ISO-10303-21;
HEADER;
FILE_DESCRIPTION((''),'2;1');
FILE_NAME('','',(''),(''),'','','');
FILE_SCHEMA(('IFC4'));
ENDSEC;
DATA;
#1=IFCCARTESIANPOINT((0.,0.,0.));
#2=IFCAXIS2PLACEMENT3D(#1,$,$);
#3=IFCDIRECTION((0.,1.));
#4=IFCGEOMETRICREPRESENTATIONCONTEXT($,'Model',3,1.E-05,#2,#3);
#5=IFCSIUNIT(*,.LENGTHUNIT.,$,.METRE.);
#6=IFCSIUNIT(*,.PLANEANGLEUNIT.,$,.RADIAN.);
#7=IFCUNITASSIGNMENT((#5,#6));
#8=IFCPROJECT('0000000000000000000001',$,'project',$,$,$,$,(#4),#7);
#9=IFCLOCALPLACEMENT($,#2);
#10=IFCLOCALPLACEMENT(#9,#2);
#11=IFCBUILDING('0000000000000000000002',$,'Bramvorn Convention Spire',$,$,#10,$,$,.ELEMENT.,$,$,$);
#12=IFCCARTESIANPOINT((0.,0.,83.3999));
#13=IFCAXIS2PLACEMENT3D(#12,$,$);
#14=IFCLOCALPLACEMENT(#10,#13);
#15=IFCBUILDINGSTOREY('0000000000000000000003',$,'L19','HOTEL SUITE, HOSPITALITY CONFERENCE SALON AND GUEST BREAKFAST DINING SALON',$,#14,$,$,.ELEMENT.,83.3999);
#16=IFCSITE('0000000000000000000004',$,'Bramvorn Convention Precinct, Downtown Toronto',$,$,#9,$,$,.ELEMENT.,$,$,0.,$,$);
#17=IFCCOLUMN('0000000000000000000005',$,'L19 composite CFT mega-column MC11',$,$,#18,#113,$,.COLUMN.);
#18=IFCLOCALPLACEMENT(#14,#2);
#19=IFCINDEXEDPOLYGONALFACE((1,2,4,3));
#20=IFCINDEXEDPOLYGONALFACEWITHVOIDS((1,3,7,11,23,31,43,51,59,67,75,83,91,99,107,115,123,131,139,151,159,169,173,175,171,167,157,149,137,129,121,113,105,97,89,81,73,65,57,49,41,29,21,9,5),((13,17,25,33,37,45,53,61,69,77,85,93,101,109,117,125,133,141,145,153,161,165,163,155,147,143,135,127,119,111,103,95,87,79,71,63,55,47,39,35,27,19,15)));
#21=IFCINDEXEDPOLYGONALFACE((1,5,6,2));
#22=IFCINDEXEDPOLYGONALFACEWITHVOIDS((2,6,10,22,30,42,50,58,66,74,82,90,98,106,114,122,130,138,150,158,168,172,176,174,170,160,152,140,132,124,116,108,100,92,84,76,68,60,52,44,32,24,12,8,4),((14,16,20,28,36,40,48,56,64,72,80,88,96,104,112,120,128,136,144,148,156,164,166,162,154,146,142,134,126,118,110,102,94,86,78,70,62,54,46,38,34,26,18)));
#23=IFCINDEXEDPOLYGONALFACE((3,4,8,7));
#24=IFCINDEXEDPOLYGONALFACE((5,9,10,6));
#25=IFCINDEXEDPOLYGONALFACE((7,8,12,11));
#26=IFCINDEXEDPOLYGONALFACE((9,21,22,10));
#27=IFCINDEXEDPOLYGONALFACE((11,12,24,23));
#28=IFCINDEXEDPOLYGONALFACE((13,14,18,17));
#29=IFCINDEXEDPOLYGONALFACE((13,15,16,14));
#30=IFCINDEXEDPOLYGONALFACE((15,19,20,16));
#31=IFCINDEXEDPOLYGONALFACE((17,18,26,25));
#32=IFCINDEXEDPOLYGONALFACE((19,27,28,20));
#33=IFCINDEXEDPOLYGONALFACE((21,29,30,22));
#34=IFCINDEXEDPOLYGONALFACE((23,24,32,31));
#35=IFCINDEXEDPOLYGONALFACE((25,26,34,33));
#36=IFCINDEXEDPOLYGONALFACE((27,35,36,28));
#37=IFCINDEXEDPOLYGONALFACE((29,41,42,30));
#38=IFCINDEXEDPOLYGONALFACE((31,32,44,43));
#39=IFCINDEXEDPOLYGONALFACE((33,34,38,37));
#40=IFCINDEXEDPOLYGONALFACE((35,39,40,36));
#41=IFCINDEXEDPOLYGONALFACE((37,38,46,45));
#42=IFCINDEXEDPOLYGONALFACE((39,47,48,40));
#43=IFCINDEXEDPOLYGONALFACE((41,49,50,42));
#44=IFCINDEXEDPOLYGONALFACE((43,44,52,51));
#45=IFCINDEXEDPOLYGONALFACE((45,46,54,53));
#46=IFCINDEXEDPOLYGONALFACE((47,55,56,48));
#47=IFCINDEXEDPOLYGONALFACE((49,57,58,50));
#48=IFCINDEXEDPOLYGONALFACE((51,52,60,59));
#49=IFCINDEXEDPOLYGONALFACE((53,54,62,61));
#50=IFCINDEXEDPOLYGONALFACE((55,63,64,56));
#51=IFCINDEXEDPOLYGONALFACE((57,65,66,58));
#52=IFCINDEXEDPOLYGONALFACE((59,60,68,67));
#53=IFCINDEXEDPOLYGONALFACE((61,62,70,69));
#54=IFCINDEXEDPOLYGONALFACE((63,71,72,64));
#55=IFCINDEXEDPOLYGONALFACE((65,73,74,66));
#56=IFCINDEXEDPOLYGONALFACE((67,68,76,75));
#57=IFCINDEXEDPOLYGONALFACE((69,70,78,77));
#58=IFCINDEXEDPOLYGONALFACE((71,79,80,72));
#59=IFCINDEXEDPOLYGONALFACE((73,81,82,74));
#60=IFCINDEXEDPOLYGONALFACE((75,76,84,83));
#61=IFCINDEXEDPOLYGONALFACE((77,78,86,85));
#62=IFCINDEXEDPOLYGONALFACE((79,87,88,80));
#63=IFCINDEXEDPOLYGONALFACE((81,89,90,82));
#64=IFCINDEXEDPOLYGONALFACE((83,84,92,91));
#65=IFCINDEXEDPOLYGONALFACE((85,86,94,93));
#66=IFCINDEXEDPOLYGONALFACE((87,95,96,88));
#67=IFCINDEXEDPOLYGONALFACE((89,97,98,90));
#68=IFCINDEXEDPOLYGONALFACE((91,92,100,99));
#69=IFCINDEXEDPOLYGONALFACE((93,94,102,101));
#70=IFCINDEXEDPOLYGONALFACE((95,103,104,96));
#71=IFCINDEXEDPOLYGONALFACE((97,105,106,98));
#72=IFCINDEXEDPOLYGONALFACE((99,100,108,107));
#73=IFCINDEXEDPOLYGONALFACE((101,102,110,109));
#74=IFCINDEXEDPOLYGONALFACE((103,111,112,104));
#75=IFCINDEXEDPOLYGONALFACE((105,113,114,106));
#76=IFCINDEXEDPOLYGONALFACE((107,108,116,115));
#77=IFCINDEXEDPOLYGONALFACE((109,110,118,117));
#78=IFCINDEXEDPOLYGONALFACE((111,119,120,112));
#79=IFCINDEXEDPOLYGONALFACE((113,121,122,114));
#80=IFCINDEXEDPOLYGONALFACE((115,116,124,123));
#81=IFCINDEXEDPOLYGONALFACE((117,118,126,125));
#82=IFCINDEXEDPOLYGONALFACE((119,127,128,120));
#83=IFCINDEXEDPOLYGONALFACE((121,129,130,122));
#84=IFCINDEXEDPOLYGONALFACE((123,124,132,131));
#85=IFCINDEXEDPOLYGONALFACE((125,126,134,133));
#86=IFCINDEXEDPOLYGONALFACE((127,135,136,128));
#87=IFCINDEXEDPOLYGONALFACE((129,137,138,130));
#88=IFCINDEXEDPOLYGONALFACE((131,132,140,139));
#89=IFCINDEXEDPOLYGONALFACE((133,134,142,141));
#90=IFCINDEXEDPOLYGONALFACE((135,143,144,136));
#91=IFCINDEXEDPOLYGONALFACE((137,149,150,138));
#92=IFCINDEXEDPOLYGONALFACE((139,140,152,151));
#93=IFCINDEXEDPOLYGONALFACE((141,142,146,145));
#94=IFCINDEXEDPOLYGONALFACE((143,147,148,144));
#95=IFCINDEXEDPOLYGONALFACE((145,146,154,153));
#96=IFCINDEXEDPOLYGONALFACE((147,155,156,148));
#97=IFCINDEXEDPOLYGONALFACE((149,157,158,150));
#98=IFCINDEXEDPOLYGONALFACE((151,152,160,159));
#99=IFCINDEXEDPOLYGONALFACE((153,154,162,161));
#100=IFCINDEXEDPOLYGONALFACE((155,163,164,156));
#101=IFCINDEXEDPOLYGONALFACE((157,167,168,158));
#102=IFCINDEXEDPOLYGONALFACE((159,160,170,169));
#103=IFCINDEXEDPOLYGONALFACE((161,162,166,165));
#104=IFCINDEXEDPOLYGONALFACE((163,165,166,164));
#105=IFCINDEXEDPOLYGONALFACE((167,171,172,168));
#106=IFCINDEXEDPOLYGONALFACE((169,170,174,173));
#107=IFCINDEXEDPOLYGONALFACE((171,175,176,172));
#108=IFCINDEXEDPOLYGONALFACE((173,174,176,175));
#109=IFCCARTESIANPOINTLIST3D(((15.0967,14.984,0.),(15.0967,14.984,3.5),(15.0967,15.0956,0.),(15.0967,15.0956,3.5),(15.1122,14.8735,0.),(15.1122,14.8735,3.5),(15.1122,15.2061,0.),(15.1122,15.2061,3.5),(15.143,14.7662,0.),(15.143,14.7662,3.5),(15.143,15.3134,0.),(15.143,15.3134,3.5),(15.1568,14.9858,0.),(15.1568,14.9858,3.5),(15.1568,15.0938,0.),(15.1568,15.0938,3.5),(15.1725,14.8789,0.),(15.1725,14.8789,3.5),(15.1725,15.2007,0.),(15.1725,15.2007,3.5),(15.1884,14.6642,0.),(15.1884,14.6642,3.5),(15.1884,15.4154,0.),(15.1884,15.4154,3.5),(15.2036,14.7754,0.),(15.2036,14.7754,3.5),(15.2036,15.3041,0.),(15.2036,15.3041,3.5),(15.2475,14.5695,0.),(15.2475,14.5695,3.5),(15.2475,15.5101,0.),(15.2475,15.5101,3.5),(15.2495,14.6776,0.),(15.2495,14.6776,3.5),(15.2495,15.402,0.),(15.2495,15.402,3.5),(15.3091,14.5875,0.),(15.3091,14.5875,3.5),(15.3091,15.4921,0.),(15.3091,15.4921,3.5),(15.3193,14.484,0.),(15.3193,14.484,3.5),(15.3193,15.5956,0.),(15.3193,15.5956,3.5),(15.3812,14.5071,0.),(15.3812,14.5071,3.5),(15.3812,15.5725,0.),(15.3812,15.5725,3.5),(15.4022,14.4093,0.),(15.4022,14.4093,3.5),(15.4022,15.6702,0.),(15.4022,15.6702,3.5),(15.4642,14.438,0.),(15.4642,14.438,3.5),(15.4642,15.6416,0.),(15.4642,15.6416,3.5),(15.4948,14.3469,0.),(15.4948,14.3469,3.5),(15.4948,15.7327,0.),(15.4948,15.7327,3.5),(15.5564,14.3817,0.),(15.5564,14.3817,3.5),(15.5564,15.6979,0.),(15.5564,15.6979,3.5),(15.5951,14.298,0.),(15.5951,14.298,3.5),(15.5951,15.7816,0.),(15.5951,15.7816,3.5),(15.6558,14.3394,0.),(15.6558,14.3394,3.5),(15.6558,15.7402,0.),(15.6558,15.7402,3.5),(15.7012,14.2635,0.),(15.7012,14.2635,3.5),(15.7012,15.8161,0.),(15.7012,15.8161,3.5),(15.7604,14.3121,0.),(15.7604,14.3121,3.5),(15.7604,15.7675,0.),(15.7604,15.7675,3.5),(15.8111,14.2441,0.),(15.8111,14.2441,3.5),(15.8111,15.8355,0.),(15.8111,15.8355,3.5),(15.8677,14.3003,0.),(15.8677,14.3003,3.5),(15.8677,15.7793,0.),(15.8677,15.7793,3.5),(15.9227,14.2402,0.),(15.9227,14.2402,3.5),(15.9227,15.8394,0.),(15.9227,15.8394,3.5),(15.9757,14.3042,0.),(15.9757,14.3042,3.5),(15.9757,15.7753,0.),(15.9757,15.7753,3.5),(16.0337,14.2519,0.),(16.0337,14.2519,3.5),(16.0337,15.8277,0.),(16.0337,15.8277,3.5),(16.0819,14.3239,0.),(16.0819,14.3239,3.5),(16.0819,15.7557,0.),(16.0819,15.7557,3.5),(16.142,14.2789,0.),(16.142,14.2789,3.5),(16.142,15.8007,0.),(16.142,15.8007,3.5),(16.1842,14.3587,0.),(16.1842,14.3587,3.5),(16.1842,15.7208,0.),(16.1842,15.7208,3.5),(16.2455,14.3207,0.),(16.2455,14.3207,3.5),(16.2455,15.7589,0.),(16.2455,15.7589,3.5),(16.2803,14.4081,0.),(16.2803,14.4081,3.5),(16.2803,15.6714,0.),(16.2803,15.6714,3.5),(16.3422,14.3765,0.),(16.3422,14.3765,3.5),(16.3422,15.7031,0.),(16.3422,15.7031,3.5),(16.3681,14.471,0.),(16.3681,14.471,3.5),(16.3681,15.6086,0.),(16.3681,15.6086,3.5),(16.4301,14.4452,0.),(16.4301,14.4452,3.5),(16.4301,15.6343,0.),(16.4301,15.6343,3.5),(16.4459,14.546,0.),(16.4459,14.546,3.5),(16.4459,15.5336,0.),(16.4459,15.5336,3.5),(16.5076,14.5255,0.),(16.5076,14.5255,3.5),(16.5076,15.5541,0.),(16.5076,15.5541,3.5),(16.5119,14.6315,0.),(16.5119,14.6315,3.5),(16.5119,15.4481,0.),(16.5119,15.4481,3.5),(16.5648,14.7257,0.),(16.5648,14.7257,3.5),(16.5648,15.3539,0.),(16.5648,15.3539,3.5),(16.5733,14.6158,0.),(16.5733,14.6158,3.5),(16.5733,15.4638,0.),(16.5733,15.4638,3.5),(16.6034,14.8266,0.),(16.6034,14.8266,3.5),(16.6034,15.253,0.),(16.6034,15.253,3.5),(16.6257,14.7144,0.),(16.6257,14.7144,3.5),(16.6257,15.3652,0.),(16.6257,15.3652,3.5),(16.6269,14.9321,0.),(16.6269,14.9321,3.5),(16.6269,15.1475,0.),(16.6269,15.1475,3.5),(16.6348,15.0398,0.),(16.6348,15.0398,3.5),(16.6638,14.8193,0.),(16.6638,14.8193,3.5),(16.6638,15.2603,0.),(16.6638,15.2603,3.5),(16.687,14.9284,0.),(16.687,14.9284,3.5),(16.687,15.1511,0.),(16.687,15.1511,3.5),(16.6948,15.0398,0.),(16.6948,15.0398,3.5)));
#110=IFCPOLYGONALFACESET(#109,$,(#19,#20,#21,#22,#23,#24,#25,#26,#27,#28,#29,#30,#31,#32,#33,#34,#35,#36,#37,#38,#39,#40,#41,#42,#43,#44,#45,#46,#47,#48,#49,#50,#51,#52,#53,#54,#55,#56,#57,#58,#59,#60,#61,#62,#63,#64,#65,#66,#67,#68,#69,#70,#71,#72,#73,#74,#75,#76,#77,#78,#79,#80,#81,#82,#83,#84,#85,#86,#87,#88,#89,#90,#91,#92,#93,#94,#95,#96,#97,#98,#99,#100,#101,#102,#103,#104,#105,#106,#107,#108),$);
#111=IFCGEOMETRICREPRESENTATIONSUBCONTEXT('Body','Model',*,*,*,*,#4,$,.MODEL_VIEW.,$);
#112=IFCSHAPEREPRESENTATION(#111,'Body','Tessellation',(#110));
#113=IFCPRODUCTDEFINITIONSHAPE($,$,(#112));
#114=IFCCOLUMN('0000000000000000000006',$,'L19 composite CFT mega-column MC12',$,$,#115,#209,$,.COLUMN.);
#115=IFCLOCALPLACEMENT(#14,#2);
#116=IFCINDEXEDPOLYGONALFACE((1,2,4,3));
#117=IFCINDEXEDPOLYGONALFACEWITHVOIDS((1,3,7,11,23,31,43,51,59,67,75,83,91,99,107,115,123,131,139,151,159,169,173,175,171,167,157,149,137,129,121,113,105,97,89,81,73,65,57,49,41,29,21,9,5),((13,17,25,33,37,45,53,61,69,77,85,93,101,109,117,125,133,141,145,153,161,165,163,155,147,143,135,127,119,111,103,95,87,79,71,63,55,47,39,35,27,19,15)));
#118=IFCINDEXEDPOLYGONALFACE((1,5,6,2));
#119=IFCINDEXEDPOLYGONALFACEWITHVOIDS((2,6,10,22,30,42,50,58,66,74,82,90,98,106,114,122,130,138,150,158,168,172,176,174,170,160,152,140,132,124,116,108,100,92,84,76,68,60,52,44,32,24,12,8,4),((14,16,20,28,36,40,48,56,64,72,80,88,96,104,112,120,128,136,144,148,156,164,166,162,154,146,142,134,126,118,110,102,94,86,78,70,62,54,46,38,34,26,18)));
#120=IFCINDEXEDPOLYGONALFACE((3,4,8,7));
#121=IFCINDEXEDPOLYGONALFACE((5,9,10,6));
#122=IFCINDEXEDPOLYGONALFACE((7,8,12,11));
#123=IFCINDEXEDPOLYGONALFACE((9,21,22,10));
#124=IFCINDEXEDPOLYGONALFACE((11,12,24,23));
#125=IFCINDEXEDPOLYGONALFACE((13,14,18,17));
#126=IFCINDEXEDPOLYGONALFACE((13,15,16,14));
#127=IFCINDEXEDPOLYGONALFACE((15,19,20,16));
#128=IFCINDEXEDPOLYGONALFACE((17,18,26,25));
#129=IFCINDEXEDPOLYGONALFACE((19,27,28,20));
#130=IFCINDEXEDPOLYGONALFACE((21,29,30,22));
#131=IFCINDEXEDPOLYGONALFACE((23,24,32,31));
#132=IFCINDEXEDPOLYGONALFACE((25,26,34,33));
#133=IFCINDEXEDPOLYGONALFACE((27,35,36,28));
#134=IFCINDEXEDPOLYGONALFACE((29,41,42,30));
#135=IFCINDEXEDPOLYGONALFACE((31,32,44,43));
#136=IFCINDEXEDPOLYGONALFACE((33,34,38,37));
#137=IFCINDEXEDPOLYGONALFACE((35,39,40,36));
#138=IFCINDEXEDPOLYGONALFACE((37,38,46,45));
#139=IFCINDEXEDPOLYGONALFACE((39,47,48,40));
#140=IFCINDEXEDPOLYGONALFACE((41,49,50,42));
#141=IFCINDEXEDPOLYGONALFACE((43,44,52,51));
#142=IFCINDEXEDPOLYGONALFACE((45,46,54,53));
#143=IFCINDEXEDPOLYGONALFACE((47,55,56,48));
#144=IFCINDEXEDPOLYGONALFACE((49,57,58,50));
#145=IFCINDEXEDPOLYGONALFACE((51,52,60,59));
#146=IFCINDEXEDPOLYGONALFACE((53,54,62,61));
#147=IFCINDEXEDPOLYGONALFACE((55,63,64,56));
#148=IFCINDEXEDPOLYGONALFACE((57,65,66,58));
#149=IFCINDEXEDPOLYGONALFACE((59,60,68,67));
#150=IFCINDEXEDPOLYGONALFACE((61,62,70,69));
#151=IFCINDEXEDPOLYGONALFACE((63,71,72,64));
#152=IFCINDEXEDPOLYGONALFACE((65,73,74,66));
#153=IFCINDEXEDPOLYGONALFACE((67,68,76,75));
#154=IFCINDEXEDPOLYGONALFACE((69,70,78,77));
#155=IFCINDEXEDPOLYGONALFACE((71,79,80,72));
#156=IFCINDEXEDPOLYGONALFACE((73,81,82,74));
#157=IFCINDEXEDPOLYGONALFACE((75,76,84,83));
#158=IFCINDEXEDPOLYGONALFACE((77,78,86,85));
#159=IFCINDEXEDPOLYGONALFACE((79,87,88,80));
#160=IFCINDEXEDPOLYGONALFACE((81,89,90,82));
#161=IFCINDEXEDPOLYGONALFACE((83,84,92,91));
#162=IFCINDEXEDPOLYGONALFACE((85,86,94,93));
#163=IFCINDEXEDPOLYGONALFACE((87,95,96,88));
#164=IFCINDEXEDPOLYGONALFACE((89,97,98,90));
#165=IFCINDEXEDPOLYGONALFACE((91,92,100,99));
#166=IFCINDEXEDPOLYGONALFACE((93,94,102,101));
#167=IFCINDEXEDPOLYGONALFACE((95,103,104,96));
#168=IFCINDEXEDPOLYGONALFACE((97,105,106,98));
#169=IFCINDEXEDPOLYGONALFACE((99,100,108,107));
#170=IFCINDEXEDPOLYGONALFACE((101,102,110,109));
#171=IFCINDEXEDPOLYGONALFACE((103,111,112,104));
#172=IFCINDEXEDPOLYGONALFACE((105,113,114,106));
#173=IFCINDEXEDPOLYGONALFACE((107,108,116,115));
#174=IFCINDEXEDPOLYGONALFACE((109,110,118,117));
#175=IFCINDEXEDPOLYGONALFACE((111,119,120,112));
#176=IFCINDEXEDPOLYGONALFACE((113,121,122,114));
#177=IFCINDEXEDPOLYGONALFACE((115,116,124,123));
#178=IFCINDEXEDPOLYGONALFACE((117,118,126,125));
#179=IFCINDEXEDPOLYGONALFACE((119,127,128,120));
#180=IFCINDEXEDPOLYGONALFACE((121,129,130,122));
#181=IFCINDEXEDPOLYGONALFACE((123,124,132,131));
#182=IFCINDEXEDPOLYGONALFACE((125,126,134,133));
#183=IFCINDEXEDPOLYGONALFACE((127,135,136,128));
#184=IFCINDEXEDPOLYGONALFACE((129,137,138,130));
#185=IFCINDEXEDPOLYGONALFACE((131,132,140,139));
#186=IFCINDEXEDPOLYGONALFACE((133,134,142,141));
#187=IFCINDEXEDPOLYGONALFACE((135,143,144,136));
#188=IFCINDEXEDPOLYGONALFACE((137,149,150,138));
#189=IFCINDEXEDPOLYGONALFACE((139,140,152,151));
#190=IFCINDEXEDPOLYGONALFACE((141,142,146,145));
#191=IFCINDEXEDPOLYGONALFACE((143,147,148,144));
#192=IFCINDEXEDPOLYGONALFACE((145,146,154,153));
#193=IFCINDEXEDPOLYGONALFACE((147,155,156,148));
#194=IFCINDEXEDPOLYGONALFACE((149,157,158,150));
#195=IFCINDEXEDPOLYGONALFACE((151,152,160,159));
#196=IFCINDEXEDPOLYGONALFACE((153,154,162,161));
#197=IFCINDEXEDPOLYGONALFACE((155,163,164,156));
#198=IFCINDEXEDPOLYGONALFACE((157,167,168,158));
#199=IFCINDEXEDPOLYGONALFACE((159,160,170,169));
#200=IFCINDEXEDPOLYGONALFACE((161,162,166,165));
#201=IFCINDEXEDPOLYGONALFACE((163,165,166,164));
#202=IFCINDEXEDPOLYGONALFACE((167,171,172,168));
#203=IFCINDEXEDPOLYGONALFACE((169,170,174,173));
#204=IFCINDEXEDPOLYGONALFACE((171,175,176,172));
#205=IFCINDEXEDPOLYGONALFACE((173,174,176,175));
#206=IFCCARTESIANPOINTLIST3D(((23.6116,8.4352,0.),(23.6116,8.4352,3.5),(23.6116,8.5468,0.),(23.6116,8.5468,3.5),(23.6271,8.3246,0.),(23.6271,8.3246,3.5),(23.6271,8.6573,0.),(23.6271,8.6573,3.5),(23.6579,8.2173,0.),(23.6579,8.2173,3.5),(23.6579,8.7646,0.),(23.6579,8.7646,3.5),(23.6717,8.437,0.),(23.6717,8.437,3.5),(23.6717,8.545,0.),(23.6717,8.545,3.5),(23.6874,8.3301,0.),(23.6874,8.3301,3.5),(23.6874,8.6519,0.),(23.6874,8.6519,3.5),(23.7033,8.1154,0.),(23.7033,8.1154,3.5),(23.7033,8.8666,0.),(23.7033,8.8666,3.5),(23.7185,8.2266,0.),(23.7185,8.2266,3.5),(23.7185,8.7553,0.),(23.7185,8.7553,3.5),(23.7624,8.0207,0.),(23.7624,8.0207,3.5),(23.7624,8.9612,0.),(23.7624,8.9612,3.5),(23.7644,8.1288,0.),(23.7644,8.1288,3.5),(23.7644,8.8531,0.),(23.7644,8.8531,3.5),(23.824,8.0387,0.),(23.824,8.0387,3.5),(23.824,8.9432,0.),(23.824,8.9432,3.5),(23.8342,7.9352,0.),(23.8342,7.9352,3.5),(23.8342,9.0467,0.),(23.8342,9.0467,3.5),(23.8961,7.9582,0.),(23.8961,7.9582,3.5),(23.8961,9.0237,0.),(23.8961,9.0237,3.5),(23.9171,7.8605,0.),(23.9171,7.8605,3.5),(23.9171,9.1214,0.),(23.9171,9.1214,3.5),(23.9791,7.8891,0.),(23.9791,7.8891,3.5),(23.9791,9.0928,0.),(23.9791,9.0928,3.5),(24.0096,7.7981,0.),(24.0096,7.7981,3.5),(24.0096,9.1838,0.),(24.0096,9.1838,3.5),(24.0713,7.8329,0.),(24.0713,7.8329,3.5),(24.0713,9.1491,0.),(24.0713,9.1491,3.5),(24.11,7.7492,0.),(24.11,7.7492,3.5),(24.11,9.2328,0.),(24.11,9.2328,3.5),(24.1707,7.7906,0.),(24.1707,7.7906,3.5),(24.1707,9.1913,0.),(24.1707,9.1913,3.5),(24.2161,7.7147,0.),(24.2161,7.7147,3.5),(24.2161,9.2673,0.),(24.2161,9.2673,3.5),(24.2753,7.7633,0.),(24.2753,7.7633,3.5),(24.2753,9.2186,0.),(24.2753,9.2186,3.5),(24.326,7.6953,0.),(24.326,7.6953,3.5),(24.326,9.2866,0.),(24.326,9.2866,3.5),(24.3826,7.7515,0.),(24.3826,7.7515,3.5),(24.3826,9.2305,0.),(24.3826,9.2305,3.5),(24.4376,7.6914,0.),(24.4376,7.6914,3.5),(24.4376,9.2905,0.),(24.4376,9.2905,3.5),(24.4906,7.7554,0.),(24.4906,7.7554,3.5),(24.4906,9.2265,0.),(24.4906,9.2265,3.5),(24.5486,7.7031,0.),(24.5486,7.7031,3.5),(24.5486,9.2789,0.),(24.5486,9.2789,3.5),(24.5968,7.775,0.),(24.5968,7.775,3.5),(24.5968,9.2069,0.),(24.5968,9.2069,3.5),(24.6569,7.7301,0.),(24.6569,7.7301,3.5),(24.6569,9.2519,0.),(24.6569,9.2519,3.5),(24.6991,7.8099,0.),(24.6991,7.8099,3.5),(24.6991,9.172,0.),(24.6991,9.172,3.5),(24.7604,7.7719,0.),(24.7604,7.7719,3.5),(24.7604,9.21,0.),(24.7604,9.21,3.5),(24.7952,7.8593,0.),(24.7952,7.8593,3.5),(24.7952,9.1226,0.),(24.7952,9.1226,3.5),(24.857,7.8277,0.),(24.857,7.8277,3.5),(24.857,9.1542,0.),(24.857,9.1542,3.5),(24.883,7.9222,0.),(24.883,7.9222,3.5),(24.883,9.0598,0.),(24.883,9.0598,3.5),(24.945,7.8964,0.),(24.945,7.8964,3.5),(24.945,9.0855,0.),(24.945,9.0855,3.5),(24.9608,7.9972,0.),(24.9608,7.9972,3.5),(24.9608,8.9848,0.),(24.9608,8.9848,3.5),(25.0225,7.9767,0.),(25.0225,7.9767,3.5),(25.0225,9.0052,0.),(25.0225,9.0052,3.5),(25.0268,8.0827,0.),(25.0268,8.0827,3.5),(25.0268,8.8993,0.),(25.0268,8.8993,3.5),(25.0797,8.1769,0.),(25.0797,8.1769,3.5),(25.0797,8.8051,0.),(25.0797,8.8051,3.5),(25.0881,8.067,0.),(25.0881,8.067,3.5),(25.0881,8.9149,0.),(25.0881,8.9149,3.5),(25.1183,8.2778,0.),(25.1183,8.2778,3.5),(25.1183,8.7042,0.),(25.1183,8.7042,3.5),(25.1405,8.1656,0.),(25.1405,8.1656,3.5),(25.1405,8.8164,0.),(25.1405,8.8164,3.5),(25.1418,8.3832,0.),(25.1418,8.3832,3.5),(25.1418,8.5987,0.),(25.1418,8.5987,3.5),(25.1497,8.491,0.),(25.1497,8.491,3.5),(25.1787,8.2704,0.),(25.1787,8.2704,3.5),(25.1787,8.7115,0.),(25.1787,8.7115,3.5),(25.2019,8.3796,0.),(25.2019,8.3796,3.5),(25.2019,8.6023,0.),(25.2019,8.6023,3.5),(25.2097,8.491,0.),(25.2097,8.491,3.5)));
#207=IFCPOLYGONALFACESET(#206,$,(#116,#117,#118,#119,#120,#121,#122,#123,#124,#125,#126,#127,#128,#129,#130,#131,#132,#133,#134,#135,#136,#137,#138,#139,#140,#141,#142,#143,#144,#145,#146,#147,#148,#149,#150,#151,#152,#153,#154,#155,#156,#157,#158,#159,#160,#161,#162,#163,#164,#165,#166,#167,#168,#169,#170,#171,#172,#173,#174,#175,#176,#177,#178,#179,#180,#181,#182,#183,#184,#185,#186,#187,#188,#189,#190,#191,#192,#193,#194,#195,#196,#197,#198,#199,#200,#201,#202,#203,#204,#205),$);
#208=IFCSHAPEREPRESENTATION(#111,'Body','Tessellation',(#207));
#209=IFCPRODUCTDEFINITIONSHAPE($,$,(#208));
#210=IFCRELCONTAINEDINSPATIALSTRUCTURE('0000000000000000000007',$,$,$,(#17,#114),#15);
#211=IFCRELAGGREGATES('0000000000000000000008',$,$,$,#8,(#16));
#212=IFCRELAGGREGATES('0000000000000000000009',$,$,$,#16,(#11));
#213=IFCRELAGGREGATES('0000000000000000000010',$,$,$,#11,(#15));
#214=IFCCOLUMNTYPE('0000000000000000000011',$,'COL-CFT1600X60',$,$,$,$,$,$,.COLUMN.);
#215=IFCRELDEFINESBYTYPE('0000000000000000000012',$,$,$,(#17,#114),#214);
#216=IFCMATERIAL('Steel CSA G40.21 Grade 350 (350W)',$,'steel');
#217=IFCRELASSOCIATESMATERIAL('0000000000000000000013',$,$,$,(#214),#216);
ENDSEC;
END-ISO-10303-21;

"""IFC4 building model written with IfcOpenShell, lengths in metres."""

from ifc_helpers import new_model, si_unit, direction, frame, origin, origin_2d, place, context, subcontext, project, spatial, hollow_circle, extrude, material, material_profile, profile_set, type_object, element, save


model = new_model("IFC4")

# Units and contexts
model_context = context("Model", 3, precision=1e-05, world=origin(), true_north=direction((0.0, 1.0)))
body_context = subcontext(model_context, "Body", "Model", "MODEL_VIEW")
ifc_project = project(units=[si_unit("LENGTHUNIT", "METRE"), si_unit("PLANEANGLEUNIT", "RADIAN")], contexts=[model_context])

# Site, building, storey
site_placement = place(None, origin())
site = spatial("IfcSite", under=ifc_project, at=site_placement, Name="Bramvorn Convention Precinct, Downtown Toronto", CompositionType="ELEMENT", RefElevation=0.0)
building_placement = place(site_placement, origin())
building = spatial("IfcBuilding", under=site, at=building_placement, Name="Bramvorn Convention Spire", CompositionType="ELEMENT")
storey_placement = place(building_placement, frame((0.0, 0.0, 83.3999)))
storey = spatial("IfcBuildingStorey", under=building, at=storey_placement, Name="L19", Description="HOTEL SUITE, HOSPITALITY CONFERENCE SALON AND GUEST BREAKFAST DINING SALON", CompositionType="ELEMENT", Elevation=83.3999)

# Columns
ifc_material_1 = material(Name="Steel CSA G40.21 Grade 350 (350W)", Category="steel")
ifc_material_profile_1 = material_profile(ifc_material_1, hollow_circle(Radius=0.8, WallThickness=0.0601, at=origin_2d()))
ifc_profile_set_1 = profile_set([ifc_material_profile_1], Name="Steel CSA G40.21 Grade 350 (350W) - CFT1600X60")
column_type = type_object("IfcColumnType", Name="COL-CFT1600X60", PredefinedType="COLUMN", material=ifc_profile_set_1)
for number, where, z_axis, x_axis, name in (
    (1, (15.8948, 15.0398, 0.0), (0.0, 0.0, 1.0), (1.0, 0.0, 0.0), "L19 composite CFT mega-column MC11"),
    (2, (24.4097, 8.491, 0.0), (0.0, 0.0, 1.0), (1.0, 0.0, 0.0), "L19 composite CFT mega-column MC12"),
):
    element("IfcColumn", number, at=place(storey_placement, frame(where, z_axis=z_axis, x_axis=x_axis)), inside=storey, type_object=column_type, Name=name, PredefinedType="COLUMN", context=body_context, shape_type="SweptSolid", body=[
        extrude(hollow_circle(Radius=0.8, WallThickness=0.0601, at=origin_2d()), origin(), (0.0, 0.0, 1.0), 3.5),
    ])

save(model, "model.ifc")
